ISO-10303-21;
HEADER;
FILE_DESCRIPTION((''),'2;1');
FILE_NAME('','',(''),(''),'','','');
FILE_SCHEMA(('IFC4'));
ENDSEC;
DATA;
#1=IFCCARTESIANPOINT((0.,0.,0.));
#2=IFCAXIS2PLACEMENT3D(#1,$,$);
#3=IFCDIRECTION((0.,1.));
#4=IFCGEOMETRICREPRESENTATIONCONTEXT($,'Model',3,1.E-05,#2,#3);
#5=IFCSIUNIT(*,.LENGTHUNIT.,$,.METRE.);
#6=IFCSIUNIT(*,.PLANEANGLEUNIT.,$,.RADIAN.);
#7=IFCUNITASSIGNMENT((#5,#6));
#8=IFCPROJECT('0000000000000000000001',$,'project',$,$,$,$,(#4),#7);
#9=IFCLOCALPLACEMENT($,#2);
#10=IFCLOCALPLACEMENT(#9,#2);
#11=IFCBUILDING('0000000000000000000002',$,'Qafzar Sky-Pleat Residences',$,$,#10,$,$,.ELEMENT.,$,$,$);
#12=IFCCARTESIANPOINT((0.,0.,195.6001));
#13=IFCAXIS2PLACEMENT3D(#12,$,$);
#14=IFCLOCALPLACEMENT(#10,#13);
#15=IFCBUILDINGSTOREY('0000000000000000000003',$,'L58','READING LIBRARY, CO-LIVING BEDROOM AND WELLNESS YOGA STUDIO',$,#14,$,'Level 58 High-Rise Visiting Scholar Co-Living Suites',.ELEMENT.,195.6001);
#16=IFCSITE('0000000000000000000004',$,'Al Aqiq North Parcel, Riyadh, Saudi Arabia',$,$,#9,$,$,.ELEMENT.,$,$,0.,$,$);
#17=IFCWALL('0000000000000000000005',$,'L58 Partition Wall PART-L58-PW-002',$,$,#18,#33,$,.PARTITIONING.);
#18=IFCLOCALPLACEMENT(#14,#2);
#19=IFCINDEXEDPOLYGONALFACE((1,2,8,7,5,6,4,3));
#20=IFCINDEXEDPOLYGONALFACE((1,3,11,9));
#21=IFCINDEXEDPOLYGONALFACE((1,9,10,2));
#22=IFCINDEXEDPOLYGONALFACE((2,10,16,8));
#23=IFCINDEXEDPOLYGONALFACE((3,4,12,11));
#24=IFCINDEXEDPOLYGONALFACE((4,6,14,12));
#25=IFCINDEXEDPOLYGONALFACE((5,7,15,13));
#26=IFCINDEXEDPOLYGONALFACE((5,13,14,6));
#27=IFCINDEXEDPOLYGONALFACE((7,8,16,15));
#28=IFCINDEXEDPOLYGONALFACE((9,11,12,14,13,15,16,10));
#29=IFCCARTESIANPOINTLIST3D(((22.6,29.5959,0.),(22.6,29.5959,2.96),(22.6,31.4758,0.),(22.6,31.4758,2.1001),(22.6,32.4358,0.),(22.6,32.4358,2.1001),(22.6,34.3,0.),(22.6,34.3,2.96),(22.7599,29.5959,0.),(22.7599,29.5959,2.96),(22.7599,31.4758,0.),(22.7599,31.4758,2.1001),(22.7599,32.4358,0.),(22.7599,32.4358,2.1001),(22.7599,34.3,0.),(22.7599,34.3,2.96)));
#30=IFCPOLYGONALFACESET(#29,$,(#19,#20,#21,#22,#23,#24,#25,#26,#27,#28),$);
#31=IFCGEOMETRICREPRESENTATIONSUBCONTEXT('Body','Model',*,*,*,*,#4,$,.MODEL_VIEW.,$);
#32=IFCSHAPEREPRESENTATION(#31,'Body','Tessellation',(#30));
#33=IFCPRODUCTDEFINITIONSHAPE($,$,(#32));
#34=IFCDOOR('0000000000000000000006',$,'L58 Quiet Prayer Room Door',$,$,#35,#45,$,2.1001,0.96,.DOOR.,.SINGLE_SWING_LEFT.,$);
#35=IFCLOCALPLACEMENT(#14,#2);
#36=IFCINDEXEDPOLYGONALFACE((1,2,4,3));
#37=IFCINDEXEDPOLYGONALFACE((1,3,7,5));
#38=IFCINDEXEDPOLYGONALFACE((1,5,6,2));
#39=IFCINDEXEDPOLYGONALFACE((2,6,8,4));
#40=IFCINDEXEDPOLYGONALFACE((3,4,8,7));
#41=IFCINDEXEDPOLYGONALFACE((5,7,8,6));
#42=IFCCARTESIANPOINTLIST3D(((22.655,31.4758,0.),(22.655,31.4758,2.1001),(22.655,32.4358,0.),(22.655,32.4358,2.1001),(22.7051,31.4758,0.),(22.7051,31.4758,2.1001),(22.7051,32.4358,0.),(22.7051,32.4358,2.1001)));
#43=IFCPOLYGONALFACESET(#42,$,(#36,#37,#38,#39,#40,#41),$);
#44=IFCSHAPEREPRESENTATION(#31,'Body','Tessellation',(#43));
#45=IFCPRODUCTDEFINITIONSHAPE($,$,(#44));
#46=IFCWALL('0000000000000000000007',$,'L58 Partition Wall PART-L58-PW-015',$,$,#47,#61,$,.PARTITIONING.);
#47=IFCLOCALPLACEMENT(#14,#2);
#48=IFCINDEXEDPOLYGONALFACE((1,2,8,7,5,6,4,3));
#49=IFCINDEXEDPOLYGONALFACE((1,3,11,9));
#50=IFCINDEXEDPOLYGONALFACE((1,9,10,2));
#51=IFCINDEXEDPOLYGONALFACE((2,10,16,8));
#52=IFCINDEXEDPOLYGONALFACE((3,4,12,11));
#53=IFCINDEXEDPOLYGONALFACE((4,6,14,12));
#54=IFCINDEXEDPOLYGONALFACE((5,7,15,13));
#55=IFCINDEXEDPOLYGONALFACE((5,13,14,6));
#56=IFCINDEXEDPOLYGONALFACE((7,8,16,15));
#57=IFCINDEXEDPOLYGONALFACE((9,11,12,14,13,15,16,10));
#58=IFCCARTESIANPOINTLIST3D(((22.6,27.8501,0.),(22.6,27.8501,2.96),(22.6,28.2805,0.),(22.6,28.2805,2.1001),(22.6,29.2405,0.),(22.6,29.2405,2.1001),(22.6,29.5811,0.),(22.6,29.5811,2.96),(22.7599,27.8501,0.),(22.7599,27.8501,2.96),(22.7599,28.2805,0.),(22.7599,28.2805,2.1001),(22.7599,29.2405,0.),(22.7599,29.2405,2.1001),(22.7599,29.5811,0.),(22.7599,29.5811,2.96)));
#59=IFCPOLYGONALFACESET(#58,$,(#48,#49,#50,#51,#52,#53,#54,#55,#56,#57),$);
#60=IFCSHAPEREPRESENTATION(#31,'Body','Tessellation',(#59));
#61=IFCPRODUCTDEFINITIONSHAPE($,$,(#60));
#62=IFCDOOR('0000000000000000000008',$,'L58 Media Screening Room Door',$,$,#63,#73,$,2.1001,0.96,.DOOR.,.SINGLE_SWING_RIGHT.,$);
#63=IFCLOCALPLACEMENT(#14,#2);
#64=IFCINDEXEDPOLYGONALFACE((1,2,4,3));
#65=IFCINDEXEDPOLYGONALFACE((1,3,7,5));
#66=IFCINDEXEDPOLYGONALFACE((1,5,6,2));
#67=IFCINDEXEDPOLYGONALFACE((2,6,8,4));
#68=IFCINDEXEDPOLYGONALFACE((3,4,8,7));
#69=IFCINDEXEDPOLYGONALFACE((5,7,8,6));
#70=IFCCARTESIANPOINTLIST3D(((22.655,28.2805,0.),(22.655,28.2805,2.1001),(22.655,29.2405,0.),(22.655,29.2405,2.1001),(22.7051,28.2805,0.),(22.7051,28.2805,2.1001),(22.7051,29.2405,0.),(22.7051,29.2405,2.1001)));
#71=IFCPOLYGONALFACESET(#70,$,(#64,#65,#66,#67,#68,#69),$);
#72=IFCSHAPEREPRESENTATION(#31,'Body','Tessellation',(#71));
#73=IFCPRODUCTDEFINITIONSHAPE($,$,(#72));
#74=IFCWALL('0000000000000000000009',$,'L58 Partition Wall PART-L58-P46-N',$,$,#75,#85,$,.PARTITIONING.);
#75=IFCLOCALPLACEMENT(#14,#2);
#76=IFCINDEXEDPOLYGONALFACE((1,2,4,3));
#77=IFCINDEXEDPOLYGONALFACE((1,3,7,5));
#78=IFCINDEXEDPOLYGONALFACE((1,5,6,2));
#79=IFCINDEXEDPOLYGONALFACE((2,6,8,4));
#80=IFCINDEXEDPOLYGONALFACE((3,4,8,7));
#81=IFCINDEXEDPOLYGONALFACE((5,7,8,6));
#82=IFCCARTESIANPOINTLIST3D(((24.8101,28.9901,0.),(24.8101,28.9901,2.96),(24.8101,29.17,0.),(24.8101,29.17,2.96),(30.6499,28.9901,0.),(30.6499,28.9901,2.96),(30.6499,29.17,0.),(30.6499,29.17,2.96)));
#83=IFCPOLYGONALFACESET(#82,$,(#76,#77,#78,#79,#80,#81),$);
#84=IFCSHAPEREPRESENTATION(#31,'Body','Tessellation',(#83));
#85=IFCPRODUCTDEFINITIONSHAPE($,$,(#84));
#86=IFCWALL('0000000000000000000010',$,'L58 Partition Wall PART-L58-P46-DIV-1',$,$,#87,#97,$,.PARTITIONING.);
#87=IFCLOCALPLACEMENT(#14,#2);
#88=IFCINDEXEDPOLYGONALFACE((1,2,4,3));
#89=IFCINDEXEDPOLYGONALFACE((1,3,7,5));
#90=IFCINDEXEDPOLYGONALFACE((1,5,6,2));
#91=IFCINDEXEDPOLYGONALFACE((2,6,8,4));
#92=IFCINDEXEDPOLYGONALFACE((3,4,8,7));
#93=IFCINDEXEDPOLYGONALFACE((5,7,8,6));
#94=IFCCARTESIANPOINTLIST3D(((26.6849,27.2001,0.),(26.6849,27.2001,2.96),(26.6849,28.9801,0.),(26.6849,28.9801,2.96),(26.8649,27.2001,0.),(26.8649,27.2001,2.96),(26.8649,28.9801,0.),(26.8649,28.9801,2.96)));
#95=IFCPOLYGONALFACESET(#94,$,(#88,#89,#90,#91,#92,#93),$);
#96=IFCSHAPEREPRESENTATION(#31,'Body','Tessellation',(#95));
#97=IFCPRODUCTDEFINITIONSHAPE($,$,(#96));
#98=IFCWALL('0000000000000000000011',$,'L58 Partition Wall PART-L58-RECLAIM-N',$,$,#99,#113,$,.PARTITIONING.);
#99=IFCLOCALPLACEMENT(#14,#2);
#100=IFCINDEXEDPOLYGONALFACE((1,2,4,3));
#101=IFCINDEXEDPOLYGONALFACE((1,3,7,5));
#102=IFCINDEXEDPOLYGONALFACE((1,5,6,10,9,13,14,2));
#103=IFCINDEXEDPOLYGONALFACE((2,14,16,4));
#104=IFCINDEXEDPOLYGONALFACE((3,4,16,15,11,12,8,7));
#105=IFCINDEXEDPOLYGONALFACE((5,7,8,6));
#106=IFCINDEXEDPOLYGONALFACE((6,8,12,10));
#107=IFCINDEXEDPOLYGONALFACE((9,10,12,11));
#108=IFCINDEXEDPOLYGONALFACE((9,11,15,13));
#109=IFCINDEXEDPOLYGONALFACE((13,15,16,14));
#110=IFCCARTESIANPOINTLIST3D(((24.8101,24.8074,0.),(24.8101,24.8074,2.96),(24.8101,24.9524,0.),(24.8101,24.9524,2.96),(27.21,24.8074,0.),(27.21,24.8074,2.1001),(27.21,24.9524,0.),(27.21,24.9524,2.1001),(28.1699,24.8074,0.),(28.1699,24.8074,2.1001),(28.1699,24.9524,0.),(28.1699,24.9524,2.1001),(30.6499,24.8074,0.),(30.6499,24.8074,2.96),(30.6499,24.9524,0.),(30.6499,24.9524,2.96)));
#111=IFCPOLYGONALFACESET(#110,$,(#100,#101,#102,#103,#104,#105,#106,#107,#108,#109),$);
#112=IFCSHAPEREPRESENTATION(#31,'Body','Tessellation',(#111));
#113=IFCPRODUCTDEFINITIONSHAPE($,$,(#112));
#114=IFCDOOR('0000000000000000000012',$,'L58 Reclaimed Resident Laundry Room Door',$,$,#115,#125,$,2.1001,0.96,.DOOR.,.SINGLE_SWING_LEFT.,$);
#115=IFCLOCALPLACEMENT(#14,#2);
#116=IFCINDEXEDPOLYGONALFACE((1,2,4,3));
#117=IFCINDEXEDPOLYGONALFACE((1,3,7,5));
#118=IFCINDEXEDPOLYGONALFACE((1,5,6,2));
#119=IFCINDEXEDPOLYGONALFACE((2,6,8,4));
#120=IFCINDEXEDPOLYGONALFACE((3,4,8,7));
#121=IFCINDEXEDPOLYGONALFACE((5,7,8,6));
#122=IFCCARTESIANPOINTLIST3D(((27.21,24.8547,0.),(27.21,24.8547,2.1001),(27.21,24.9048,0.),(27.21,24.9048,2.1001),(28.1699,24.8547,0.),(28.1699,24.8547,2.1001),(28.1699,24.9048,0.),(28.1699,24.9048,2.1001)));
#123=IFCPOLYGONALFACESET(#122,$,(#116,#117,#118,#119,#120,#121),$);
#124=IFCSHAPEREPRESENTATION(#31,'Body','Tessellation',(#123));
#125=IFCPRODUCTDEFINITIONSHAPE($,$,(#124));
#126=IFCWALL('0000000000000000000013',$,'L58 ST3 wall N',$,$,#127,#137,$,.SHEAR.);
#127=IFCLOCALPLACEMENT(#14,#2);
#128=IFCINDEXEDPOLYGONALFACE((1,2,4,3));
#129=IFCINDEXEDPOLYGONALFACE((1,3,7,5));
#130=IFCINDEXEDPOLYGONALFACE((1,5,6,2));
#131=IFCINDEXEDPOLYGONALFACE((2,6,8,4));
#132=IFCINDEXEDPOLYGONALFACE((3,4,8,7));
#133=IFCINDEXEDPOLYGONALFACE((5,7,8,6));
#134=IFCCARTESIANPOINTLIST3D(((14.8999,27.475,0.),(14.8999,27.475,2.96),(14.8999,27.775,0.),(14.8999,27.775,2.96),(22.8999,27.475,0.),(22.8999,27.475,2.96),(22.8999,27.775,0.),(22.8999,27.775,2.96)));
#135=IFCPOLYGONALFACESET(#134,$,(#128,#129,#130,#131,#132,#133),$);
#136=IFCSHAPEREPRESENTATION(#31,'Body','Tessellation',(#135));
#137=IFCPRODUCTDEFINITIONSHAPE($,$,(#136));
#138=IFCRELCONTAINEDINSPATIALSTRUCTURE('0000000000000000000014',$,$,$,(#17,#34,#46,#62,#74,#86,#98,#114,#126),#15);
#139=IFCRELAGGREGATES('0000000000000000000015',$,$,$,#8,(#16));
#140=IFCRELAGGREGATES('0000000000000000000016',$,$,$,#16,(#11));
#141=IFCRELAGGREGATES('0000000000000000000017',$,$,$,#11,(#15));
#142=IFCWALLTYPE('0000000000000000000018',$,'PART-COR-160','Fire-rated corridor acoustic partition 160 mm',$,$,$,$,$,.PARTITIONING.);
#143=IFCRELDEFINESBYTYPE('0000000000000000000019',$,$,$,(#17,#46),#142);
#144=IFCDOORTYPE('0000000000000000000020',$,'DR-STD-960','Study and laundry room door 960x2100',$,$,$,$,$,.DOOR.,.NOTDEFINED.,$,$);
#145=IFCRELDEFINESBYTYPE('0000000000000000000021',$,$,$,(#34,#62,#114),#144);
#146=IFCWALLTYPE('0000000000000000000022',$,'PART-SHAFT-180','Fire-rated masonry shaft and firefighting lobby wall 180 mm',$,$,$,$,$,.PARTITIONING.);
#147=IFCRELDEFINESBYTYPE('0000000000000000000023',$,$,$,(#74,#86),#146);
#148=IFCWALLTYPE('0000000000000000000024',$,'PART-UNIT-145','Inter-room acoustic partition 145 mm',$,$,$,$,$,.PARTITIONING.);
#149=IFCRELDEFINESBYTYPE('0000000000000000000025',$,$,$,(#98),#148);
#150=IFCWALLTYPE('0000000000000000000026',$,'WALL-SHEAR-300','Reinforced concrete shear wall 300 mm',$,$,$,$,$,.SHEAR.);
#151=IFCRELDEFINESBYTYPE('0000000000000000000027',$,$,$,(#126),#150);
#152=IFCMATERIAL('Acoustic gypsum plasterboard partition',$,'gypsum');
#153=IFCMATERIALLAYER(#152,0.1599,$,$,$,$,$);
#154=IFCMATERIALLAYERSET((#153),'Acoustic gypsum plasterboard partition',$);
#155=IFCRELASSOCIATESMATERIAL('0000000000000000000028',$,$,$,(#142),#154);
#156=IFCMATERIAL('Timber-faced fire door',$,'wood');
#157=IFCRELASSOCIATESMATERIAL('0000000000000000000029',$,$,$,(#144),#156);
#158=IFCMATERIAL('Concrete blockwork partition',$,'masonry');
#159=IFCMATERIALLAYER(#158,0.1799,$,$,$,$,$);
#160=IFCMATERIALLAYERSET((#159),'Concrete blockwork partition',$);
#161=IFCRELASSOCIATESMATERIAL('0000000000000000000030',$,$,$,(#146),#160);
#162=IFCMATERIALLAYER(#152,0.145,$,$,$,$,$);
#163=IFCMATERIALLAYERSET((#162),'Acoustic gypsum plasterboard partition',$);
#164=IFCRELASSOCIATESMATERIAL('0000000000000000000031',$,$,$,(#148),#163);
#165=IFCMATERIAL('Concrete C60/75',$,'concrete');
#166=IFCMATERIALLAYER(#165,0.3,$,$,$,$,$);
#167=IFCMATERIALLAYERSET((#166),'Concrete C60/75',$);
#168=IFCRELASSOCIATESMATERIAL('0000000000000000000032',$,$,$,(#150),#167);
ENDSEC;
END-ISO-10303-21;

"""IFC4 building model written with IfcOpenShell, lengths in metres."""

from ifc_helpers import new_model, si_unit, direction, frame, frame_2d, origin, place, context, subcontext, project, spatial, rectangle, extrude, source, transform, mapped, material, layer, layer_set, type_object, element, fill, save


model = new_model("IFC4")

# Units and contexts
model_context = context("Model", 3, precision=1e-05, world=origin(), true_north=direction((0.0, 1.0)))
body_context = subcontext(model_context, "Body", "Model", "MODEL_VIEW")
ifc_project = project(units=[si_unit("LENGTHUNIT", "METRE"), si_unit("PLANEANGLEUNIT", "RADIAN")], contexts=[model_context])

# Site, building, storey
site_placement = place(None, origin())
site = spatial("IfcSite", under=ifc_project, at=site_placement, Name="Al Aqiq North Parcel, Riyadh, Saudi Arabia", CompositionType="ELEMENT", RefElevation=0.0)
building_placement = place(site_placement, origin())
building = spatial("IfcBuilding", under=site, at=building_placement, Name="Qafzar Sky-Pleat Residences", CompositionType="ELEMENT")
storey_placement = place(building_placement, frame((0.0, 0.0, 195.6001)))
storey = spatial("IfcBuildingStorey", under=building, at=storey_placement, Name="L58", Description="READING LIBRARY, CO-LIVING BEDROOM AND WELLNESS YOGA STUDIO", LongName="Level 58 High-Rise Visiting Scholar Co-Living Suites", CompositionType="ELEMENT", Elevation=195.6001)

# Walls, openings, doors
ifc_material_1 = material(Name="Acoustic gypsum plasterboard partition", Category="gypsum")
ifc_layer_1 = layer(ifc_material_1, 0.1599)
ifc_layer_set_1 = layer_set([ifc_layer_1], Name="Acoustic gypsum plasterboard partition")
wall_type_1 = type_object("IfcWallType", Name="PART-COR-160", Description="Fire-rated corridor acoustic partition 160 mm", PredefinedType="PARTITIONING", material=ifc_layer_set_1)
wall_1_placement = place(storey_placement, frame((22.6799, 29.5959, 0.0), z_axis=(0.0, 0.0, 1.0), x_axis=(0.0, 1.0, 0.0)))
wall_1 = element("IfcWall", 1, at=wall_1_placement, inside=storey, type_object=wall_type_1, Name="L58 Partition Wall PART-L58-PW-002", PredefinedType="PARTITIONING", context=body_context, shape_type="SweptSolid", body=[
    extrude(rectangle(XDim=4.7041, YDim=0.1599, at=frame_2d((2.3521, 0.0))), origin(), (0.0, 0.0, 1.0), 2.96),
])
opening_1_placement = place(wall_1_placement, frame((1.8799, 0.0, 0.0)))
opening_1 = element("IfcOpeningElement", 2, at=opening_1_placement, cuts=wall_1, PredefinedType="OPENING", context=body_context, shape_type="SweptSolid", body=[
    extrude(rectangle(XDim=0.96, YDim=2.1001, at=frame_2d((0.48, 1.05))), frame((0.0, 0.0898, 0.0), z_axis=(0.0, -1.0, 0.0), x_axis=(1.0, 0.0, 0.0)), (0.0, 0.0, 1.0), 0.1799),
])
ifc_material_2 = material(Name="Timber-faced fire door", Category="wood")
door_type_1 = type_object("IfcDoorType", Name="DR-STD-960", Description="Study and laundry room door 960x2100", OperationType="NOTDEFINED", PredefinedType="DOOR", material=ifc_material_2)
shared_shape_1 = source(origin(), body_context, "Body", "SweptSolid", [
    extrude(rectangle(XDim=0.96, YDim=2.1001, at=frame_2d((0.48, 1.05))), frame((0.0, 0.0249, 0.0), z_axis=(0.0, -1.0, 0.0), x_axis=(1.0, 0.0, 0.0)), (0.0, 0.0, 1.0), 0.05),
])
door_1_placement = place(opening_1_placement, origin())
door_1 = element("IfcDoor", 3, at=door_1_placement, inside=storey, type_object=door_type_1, Name="L58 Quiet Prayer Room Door", OperationType="SINGLE_SWING_LEFT", OverallHeight=2.1001, OverallWidth=0.96, PredefinedType="DOOR", context=body_context, shape_type="MappedRepresentation", body=[
    mapped(shared_shape_1, transform((0.0, 0.0, 0.0), x_axis=(1.0, 0.0, 0.0), y_axis=(0.0, 1.0, 0.0), z_axis=(0.0, 0.0, 1.0), scale=1.0)),
])
fill(opening_1, door_1)
wall_2_placement = place(storey_placement, frame((22.6799, 27.8501, 0.0), z_axis=(0.0, 0.0, 1.0), x_axis=(0.0, 1.0, 0.0)))
wall_2 = element("IfcWall", 4, at=wall_2_placement, inside=storey, type_object=wall_type_1, Name="L58 Partition Wall PART-L58-PW-015", PredefinedType="PARTITIONING", context=body_context, shape_type="SweptSolid", body=[
    extrude(rectangle(XDim=1.731, YDim=0.1599, at=frame_2d((0.8655, 0.0))), origin(), (0.0, 0.0, 1.0), 2.96),
])
opening_2_placement = place(wall_2_placement, frame((0.4304, 0.0, 0.0)))
opening_2 = element("IfcOpeningElement", 5, at=opening_2_placement, cuts=wall_2, PredefinedType="OPENING", context=body_context, shape_type="SweptSolid", body=[
    extrude(rectangle(XDim=0.96, YDim=2.1001, at=frame_2d((0.48, 1.05))), frame((0.0, 0.0898, 0.0), z_axis=(0.0, -1.0, 0.0), x_axis=(1.0, 0.0, 0.0)), (0.0, 0.0, 1.0), 0.1799),
])
door_2_placement = place(opening_2_placement, origin())
door_2 = element("IfcDoor", 6, at=door_2_placement, inside=storey, type_object=door_type_1, Name="L58 Media Screening Room Door", OperationType="SINGLE_SWING_RIGHT", OverallHeight=2.1001, OverallWidth=0.96, PredefinedType="DOOR", context=body_context, shape_type="MappedRepresentation", body=[
    mapped(shared_shape_1, transform((0.0, 0.0, 0.0), x_axis=(1.0, 0.0, 0.0), y_axis=(0.0, 1.0, 0.0), z_axis=(0.0, 0.0, 1.0), scale=1.0)),
])
fill(opening_2, door_2)

# Wall
ifc_material_3 = material(Name="Concrete blockwork partition", Category="masonry")
ifc_layer_2 = layer(ifc_material_3, 0.1799)
ifc_layer_set_2 = layer_set([ifc_layer_2], Name="Concrete blockwork partition")
wall_type_2 = type_object("IfcWallType", Name="PART-SHAFT-180", Description="Fire-rated masonry shaft and firefighting lobby wall 180 mm", PredefinedType="PARTITIONING", material=ifc_layer_set_2)
wall_3_placement = place(storey_placement, frame((24.8101, 29.0801, 0.0), z_axis=(0.0, 0.0, 1.0), x_axis=(1.0, 0.0, 0.0)))
element("IfcWall", 7, at=wall_3_placement, inside=storey, type_object=wall_type_2, Name="L58 Partition Wall PART-L58-P46-N", PredefinedType="PARTITIONING", context=body_context, shape_type="SweptSolid", body=[
    extrude(rectangle(XDim=5.8398, YDim=0.1799, at=frame_2d((2.9199, 0.0))), origin(), (0.0, 0.0, 1.0), 2.96),
])

# Wall
wall_4_placement = place(storey_placement, frame((26.7749, 27.2, 0.0), z_axis=(0.0, 0.0, 1.0), x_axis=(0.0, 1.0, 0.0)))
element("IfcWall", 8, at=wall_4_placement, inside=storey, type_object=wall_type_2, Name="L58 Partition Wall PART-L58-P46-DIV-1", PredefinedType="PARTITIONING", context=body_context, shape_type="SweptSolid", body=[
    extrude(rectangle(XDim=1.78, YDim=0.1799, at=frame_2d((0.8901, 0.0))), origin(), (0.0, 0.0, 1.0), 2.96),
])

# Wall, opening, door
ifc_layer_3 = layer(ifc_material_1, 0.145)
ifc_layer_set_3 = layer_set([ifc_layer_3], Name="Acoustic gypsum plasterboard partition")
wall_type_3 = type_object("IfcWallType", Name="PART-UNIT-145", Description="Inter-room acoustic partition 145 mm", PredefinedType="PARTITIONING", material=ifc_layer_set_3)
wall_5_placement = place(storey_placement, frame((24.8101, 24.8799, 0.0), z_axis=(0.0, 0.0, 1.0), x_axis=(1.0, 0.0, 0.0)))
wall_5 = element("IfcWall", 9, at=wall_5_placement, inside=storey, type_object=wall_type_3, Name="L58 Partition Wall PART-L58-RECLAIM-N", PredefinedType="PARTITIONING", context=body_context, shape_type="SweptSolid", body=[
    extrude(rectangle(XDim=5.8398, YDim=0.145, at=frame_2d((2.9199, 0.0))), origin(), (0.0, 0.0, 1.0), 2.96),
])
opening_3_placement = place(wall_5_placement, frame((2.3999, 0.0, 0.0)))
opening_3 = element("IfcOpeningElement", 10, at=opening_3_placement, cuts=wall_5, PredefinedType="OPENING", context=body_context, shape_type="SweptSolid", body=[
    extrude(rectangle(XDim=0.96, YDim=2.1001, at=frame_2d((0.48, 1.05))), frame((0.0, 0.0825, 0.0), z_axis=(0.0, -1.0, 0.0), x_axis=(1.0, 0.0, 0.0)), (0.0, 0.0, 1.0), 0.165),
])
door_3_placement = place(opening_3_placement, origin())
door_3 = element("IfcDoor", 11, at=door_3_placement, inside=storey, type_object=door_type_1, Name="L58 Reclaimed Resident Laundry Room Door", OperationType="SINGLE_SWING_LEFT", OverallHeight=2.1001, OverallWidth=0.96, PredefinedType="DOOR", context=body_context, shape_type="MappedRepresentation", body=[
    mapped(shared_shape_1, transform((0.0, 0.0, 0.0), x_axis=(1.0, 0.0, 0.0), y_axis=(0.0, 1.0, 0.0), z_axis=(0.0, 0.0, 1.0), scale=1.0)),
])
fill(opening_3, door_3)

# Wall
ifc_material_4 = material(Name="Concrete C60/75", Category="concrete")
ifc_layer_4 = layer(ifc_material_4, 0.3)
ifc_layer_set_4 = layer_set([ifc_layer_4], Name="Concrete C60/75")
wall_type_4 = type_object("IfcWallType", Name="WALL-SHEAR-300", Description="Reinforced concrete shear wall 300 mm", PredefinedType="SHEAR", material=ifc_layer_set_4)
wall_6_placement = place(storey_placement, frame((22.8999, 27.625, 0.0), z_axis=(0.0, 0.0, 1.0), x_axis=(-1.0, 0.0, 0.0)))
element("IfcWall", 12, at=wall_6_placement, inside=storey, type_object=wall_type_4, Name="L58 ST3 wall N", PredefinedType="SHEAR", context=body_context, shape_type="SweptSolid", body=[
    extrude(rectangle(XDim=8.0, YDim=0.3, at=frame_2d((4.0, 0.0))), origin(), (0.0, 0.0, 1.0), 2.96),
])

save(model, "model.ifc")
